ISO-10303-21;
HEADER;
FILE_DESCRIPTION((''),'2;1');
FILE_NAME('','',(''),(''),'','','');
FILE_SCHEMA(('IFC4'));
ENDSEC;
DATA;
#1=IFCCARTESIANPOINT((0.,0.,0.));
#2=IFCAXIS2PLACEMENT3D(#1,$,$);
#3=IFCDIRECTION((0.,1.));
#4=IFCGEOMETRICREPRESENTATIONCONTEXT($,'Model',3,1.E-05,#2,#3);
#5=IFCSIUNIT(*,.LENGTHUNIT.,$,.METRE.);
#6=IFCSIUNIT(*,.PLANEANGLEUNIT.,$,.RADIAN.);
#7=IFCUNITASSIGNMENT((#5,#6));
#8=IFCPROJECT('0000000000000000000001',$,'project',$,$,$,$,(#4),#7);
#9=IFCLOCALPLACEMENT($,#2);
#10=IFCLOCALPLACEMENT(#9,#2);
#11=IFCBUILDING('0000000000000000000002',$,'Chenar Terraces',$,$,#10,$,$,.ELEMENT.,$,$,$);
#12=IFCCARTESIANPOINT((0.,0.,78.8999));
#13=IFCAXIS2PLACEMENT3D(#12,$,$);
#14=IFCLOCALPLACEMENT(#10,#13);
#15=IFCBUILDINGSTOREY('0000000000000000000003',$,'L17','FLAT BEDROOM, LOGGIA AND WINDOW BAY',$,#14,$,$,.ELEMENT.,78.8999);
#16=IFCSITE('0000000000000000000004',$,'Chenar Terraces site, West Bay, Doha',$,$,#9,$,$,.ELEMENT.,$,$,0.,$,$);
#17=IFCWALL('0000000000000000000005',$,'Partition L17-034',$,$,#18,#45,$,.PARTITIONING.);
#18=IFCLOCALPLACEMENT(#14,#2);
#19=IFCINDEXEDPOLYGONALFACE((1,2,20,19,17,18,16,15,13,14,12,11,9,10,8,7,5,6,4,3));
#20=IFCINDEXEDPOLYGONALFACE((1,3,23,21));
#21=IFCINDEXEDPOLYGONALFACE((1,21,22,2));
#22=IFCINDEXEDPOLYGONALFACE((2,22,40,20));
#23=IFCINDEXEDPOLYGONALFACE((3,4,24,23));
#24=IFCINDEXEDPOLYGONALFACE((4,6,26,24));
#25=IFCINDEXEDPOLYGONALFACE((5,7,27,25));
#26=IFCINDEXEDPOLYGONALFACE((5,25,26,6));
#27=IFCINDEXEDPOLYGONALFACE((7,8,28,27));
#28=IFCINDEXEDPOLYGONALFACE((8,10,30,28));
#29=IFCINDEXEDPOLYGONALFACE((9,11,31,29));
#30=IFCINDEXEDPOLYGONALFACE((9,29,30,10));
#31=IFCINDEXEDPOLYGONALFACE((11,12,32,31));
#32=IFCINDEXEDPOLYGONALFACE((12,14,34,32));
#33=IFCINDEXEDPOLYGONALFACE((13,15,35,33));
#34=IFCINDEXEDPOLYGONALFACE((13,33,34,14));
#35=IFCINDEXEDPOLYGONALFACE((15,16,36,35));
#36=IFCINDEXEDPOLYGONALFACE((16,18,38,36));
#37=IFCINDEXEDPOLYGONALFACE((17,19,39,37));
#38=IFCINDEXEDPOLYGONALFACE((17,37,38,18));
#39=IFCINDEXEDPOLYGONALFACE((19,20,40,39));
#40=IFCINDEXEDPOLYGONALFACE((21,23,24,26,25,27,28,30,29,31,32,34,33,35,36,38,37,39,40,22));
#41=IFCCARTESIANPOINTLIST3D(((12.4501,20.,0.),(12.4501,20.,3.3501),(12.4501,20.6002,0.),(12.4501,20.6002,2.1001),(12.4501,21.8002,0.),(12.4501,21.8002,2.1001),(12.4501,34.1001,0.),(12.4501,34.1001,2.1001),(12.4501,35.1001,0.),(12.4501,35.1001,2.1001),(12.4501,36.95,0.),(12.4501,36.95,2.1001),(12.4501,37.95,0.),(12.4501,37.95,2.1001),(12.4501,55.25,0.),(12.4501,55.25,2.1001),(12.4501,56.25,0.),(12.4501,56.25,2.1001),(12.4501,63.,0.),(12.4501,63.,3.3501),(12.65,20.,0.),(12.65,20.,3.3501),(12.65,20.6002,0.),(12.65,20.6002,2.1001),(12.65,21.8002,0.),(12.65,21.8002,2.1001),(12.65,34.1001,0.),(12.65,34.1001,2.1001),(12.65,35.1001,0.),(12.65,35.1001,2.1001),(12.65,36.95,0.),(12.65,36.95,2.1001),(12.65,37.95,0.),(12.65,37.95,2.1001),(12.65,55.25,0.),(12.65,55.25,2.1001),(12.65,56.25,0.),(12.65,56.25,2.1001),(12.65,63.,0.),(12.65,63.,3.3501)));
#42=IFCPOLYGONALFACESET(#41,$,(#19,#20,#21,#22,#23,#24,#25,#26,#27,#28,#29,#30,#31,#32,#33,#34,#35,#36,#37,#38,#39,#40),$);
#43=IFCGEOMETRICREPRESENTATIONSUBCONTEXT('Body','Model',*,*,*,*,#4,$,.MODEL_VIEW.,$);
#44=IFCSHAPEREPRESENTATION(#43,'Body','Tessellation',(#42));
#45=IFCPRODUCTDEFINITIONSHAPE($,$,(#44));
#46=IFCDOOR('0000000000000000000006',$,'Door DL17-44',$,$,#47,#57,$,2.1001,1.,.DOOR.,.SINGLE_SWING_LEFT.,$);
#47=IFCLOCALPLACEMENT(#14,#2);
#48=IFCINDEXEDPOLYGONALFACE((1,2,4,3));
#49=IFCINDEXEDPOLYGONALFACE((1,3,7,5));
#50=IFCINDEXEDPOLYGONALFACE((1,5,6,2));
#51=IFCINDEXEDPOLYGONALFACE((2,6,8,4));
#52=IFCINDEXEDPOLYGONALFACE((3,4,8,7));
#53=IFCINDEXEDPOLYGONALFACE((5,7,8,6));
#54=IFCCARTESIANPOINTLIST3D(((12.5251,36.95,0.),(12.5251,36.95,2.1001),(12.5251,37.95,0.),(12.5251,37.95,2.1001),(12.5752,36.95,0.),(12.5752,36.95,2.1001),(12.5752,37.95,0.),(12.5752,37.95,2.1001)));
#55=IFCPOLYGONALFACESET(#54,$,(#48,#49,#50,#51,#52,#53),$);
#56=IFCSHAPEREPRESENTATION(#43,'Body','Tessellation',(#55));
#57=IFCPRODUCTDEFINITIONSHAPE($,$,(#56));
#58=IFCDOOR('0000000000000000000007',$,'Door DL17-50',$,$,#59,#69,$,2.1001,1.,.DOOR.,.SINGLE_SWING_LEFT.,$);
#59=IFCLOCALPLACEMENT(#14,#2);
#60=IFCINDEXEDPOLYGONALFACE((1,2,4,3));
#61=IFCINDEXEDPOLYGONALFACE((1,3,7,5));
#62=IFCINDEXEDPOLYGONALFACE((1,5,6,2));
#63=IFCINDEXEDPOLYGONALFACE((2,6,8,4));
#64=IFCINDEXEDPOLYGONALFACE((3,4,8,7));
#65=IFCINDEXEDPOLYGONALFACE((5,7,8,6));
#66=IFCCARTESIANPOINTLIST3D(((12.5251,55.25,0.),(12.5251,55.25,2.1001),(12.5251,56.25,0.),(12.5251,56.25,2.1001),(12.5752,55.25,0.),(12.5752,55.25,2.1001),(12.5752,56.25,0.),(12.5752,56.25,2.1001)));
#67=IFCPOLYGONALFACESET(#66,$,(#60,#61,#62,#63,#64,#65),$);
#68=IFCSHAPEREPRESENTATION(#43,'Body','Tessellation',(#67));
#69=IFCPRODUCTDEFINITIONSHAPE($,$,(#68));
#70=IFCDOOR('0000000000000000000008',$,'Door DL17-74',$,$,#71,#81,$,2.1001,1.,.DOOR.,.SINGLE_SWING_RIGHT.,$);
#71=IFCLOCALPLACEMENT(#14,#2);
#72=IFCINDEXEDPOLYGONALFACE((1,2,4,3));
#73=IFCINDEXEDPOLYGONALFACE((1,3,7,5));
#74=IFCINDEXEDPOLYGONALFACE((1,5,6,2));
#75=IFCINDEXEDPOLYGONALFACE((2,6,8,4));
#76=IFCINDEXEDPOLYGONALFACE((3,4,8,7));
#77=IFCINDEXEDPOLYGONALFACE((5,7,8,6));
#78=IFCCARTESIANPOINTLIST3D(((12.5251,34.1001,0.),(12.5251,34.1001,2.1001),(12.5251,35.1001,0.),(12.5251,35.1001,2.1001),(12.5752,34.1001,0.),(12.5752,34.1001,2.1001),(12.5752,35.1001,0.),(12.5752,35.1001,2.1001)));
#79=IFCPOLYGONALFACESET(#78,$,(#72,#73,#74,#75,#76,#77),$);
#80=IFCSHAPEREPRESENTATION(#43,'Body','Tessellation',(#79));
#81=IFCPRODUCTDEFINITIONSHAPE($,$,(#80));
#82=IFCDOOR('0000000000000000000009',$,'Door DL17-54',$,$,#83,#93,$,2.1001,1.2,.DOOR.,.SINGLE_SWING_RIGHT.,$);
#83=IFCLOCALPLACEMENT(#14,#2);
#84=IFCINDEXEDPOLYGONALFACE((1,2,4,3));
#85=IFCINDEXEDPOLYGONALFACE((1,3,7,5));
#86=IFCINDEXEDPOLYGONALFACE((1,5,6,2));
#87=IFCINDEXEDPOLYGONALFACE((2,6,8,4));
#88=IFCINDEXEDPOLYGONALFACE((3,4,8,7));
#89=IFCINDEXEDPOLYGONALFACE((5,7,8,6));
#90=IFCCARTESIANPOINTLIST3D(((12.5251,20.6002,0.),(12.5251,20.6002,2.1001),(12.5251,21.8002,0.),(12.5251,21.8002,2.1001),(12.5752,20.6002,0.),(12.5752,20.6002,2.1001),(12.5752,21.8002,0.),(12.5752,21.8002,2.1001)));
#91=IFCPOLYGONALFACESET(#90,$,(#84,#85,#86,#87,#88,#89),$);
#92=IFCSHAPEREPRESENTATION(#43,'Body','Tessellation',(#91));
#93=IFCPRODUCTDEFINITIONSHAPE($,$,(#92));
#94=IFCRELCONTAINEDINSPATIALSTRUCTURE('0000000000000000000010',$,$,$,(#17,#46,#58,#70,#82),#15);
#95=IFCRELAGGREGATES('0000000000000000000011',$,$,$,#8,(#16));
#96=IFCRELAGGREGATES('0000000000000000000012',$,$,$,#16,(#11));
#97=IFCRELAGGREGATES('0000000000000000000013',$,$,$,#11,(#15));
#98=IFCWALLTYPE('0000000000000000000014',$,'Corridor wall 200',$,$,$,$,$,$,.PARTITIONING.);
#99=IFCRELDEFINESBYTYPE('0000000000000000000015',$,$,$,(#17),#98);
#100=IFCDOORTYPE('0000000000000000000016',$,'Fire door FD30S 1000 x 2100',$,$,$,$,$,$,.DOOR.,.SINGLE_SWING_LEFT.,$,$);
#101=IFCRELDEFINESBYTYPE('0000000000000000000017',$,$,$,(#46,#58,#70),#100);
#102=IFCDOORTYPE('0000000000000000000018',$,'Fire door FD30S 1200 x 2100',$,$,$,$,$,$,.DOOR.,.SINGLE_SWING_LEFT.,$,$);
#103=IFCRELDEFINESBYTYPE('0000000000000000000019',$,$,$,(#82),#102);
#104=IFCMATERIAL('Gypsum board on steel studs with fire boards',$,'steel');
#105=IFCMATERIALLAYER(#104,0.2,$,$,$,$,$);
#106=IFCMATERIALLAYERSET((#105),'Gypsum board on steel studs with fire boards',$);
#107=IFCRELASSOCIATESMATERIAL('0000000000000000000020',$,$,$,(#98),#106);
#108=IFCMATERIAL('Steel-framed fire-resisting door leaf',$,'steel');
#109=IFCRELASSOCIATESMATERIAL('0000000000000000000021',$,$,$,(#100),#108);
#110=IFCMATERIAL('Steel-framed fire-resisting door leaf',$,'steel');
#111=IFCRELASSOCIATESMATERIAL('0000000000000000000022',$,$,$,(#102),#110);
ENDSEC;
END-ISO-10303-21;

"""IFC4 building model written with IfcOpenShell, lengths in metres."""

from ifc_helpers import new_model, si_unit, direction, frame, frame_2d, origin, place, context, subcontext, project, spatial, rectangle, extrude, material, layer, layer_set, type_object, element, fill, save


model = new_model("IFC4")

# Units and contexts
model_context = context("Model", 3, precision=1e-05, world=origin(), true_north=direction((0.0, 1.0)))
body_context = subcontext(model_context, "Body", "Model", "MODEL_VIEW")
ifc_project = project(units=[si_unit("LENGTHUNIT", "METRE"), si_unit("PLANEANGLEUNIT", "RADIAN")], contexts=[model_context])

# Site, building, storey
site_placement = place(None, origin())
site = spatial("IfcSite", under=ifc_project, at=site_placement, Name="Chenar Terraces site, West Bay, Doha", CompositionType="ELEMENT", RefElevation=0.0)
building_placement = place(site_placement, origin())
building = spatial("IfcBuilding", under=site, at=building_placement, Name="Chenar Terraces", CompositionType="ELEMENT")
storey_placement = place(building_placement, frame((0.0, 0.0, 78.8999)))
storey = spatial("IfcBuildingStorey", under=building, at=storey_placement, Name="L17", Description="FLAT BEDROOM, LOGGIA AND WINDOW BAY", CompositionType="ELEMENT", Elevation=78.8999)

# Wall, openings, doors
ifc_material_1 = material(Name="Gypsum board on steel studs with fire boards", Category="steel")
ifc_layer_1 = layer(ifc_material_1, 0.2)
ifc_layer_set_1 = layer_set([ifc_layer_1], Name="Gypsum board on steel studs with fire boards")
wall_type_1 = type_object("IfcWallType", Name="Corridor wall 200", PredefinedType="PARTITIONING", material=ifc_layer_set_1)
wall_1_placement = place(storey_placement, frame((12.55, 20.0, 0.0), z_axis=(0.0, 0.0, 1.0), x_axis=(0.0, 1.0, 0.0)))
wall_1 = element("IfcWall", 1, at=wall_1_placement, inside=storey, type_object=wall_type_1, Name="Partition L17-034", PredefinedType="PARTITIONING", context=body_context, shape_type="SweptSolid", body=[
    extrude(rectangle(XDim=43.0, YDim=0.2, at=frame_2d((21.5, 0.0))), origin(), (0.0, 0.0, 1.0), 3.3501),
])
opening_1_placement = place(wall_1_placement, frame((16.95, 0.0, 0.0)))
opening_1 = element("IfcOpeningElement", 2, at=opening_1_placement, cuts=wall_1, PredefinedType="OPENING", context=body_context, shape_type="SweptSolid", body=[
    extrude(rectangle(XDim=1.0, YDim=2.1001, at=frame_2d((0.5, 1.05))), frame((0.0, 0.1099, 0.0), z_axis=(0.0, -1.0, 0.0), x_axis=(1.0, 0.0, 0.0)), (0.0, 0.0, 1.0), 0.22),
])
opening_2_placement = place(wall_1_placement, frame((35.25, 0.0, 0.0)))
opening_2 = element("IfcOpeningElement", 3, at=opening_2_placement, cuts=wall_1, PredefinedType="OPENING", context=body_context, shape_type="SweptSolid", body=[
    extrude(rectangle(XDim=1.0, YDim=2.1001, at=frame_2d((0.5, 1.05))), frame((0.0, 0.1099, 0.0), z_axis=(0.0, -1.0, 0.0), x_axis=(1.0, 0.0, 0.0)), (0.0, 0.0, 1.0), 0.22),
])
opening_3_placement = place(wall_1_placement, frame((0.6001, 0.0, 0.0)))
opening_3 = element("IfcOpeningElement", 4, at=opening_3_placement, cuts=wall_1, PredefinedType="OPENING", context=body_context, shape_type="SweptSolid", body=[
    extrude(rectangle(XDim=1.2, YDim=2.1001, at=frame_2d((0.6001, 1.05))), frame((0.0, 0.1099, 0.0), z_axis=(0.0, -1.0, 0.0), x_axis=(1.0, 0.0, 0.0)), (0.0, 0.0, 1.0), 0.22),
])
opening_4_placement = place(wall_1_placement, frame((14.1001, 0.0, 0.0)))
opening_4 = element("IfcOpeningElement", 5, at=opening_4_placement, cuts=wall_1, PredefinedType="OPENING", context=body_context, shape_type="SweptSolid", body=[
    extrude(rectangle(XDim=1.0, YDim=2.1001, at=frame_2d((0.5, 1.05))), frame((0.0, 0.1099, 0.0), z_axis=(0.0, -1.0, 0.0), x_axis=(1.0, 0.0, 0.0)), (0.0, 0.0, 1.0), 0.22),
])
ifc_material_2 = material(Name="Steel-framed fire-resisting door leaf", Category="steel")
door_type_1 = type_object("IfcDoorType", Name="Fire door FD30S 1000 x 2100", OperationType="SINGLE_SWING_LEFT", PredefinedType="DOOR", material=ifc_material_2)
door_1_placement = place(opening_1_placement, origin())
door_1 = element("IfcDoor", 6, at=door_1_placement, inside=storey, type_object=door_type_1, Name="Door DL17-44", OperationType="SINGLE_SWING_LEFT", OverallHeight=2.1001, OverallWidth=1.0, PredefinedType="DOOR", context=body_context, shape_type="SweptSolid", body=[
    extrude(rectangle(XDim=1.0, YDim=2.1001, at=frame_2d((0.5, 1.05))), frame((0.0, 0.0249, 0.0), z_axis=(0.0, -1.0, 0.0), x_axis=(1.0, 0.0, 0.0)), (0.0, 0.0, 1.0), 0.05),
])
fill(opening_1, door_1)
door_2_placement = place(opening_2_placement, origin())
door_2 = element("IfcDoor", 7, at=door_2_placement, inside=storey, type_object=door_type_1, Name="Door DL17-50", OperationType="SINGLE_SWING_LEFT", OverallHeight=2.1001, OverallWidth=1.0, PredefinedType="DOOR", context=body_context, shape_type="SweptSolid", body=[
    extrude(rectangle(XDim=1.0, YDim=2.1001, at=frame_2d((0.5, 1.05))), frame((0.0, 0.0249, 0.0), z_axis=(0.0, -1.0, 0.0), x_axis=(1.0, 0.0, 0.0)), (0.0, 0.0, 1.0), 0.05),
])
fill(opening_2, door_2)
door_3_placement = place(opening_4_placement, origin())
door_3 = element("IfcDoor", 8, at=door_3_placement, inside=storey, type_object=door_type_1, Name="Door DL17-74", OperationType="SINGLE_SWING_RIGHT", OverallHeight=2.1001, OverallWidth=1.0, PredefinedType="DOOR", context=body_context, shape_type="SweptSolid", body=[
    extrude(rectangle(XDim=1.0, YDim=2.1001, at=frame_2d((0.5, 1.05))), frame((0.0, 0.0249, 0.0), z_axis=(0.0, -1.0, 0.0), x_axis=(1.0, 0.0, 0.0)), (0.0, 0.0, 1.0), 0.05),
])
fill(opening_4, door_3)
ifc_material_3 = material(Name="Steel-framed fire-resisting door leaf", Category="steel")
door_type_2 = type_object("IfcDoorType", Name="Fire door FD30S 1200 x 2100", OperationType="SINGLE_SWING_LEFT", PredefinedType="DOOR", material=ifc_material_3)
door_4_placement = place(opening_3_placement, origin())
door_4 = element("IfcDoor", 9, at=door_4_placement, inside=storey, type_object=door_type_2, Name="Door DL17-54", OperationType="SINGLE_SWING_RIGHT", OverallHeight=2.1001, OverallWidth=1.2, PredefinedType="DOOR", context=body_context, shape_type="SweptSolid", body=[
    extrude(rectangle(XDim=1.2, YDim=2.1001, at=frame_2d((0.6001, 1.05))), frame((0.0, 0.0249, 0.0), z_axis=(0.0, -1.0, 0.0), x_axis=(1.0, 0.0, 0.0)), (0.0, 0.0, 1.0), 0.05),
])
fill(opening_3, door_4)

save(model, "model.ifc")
